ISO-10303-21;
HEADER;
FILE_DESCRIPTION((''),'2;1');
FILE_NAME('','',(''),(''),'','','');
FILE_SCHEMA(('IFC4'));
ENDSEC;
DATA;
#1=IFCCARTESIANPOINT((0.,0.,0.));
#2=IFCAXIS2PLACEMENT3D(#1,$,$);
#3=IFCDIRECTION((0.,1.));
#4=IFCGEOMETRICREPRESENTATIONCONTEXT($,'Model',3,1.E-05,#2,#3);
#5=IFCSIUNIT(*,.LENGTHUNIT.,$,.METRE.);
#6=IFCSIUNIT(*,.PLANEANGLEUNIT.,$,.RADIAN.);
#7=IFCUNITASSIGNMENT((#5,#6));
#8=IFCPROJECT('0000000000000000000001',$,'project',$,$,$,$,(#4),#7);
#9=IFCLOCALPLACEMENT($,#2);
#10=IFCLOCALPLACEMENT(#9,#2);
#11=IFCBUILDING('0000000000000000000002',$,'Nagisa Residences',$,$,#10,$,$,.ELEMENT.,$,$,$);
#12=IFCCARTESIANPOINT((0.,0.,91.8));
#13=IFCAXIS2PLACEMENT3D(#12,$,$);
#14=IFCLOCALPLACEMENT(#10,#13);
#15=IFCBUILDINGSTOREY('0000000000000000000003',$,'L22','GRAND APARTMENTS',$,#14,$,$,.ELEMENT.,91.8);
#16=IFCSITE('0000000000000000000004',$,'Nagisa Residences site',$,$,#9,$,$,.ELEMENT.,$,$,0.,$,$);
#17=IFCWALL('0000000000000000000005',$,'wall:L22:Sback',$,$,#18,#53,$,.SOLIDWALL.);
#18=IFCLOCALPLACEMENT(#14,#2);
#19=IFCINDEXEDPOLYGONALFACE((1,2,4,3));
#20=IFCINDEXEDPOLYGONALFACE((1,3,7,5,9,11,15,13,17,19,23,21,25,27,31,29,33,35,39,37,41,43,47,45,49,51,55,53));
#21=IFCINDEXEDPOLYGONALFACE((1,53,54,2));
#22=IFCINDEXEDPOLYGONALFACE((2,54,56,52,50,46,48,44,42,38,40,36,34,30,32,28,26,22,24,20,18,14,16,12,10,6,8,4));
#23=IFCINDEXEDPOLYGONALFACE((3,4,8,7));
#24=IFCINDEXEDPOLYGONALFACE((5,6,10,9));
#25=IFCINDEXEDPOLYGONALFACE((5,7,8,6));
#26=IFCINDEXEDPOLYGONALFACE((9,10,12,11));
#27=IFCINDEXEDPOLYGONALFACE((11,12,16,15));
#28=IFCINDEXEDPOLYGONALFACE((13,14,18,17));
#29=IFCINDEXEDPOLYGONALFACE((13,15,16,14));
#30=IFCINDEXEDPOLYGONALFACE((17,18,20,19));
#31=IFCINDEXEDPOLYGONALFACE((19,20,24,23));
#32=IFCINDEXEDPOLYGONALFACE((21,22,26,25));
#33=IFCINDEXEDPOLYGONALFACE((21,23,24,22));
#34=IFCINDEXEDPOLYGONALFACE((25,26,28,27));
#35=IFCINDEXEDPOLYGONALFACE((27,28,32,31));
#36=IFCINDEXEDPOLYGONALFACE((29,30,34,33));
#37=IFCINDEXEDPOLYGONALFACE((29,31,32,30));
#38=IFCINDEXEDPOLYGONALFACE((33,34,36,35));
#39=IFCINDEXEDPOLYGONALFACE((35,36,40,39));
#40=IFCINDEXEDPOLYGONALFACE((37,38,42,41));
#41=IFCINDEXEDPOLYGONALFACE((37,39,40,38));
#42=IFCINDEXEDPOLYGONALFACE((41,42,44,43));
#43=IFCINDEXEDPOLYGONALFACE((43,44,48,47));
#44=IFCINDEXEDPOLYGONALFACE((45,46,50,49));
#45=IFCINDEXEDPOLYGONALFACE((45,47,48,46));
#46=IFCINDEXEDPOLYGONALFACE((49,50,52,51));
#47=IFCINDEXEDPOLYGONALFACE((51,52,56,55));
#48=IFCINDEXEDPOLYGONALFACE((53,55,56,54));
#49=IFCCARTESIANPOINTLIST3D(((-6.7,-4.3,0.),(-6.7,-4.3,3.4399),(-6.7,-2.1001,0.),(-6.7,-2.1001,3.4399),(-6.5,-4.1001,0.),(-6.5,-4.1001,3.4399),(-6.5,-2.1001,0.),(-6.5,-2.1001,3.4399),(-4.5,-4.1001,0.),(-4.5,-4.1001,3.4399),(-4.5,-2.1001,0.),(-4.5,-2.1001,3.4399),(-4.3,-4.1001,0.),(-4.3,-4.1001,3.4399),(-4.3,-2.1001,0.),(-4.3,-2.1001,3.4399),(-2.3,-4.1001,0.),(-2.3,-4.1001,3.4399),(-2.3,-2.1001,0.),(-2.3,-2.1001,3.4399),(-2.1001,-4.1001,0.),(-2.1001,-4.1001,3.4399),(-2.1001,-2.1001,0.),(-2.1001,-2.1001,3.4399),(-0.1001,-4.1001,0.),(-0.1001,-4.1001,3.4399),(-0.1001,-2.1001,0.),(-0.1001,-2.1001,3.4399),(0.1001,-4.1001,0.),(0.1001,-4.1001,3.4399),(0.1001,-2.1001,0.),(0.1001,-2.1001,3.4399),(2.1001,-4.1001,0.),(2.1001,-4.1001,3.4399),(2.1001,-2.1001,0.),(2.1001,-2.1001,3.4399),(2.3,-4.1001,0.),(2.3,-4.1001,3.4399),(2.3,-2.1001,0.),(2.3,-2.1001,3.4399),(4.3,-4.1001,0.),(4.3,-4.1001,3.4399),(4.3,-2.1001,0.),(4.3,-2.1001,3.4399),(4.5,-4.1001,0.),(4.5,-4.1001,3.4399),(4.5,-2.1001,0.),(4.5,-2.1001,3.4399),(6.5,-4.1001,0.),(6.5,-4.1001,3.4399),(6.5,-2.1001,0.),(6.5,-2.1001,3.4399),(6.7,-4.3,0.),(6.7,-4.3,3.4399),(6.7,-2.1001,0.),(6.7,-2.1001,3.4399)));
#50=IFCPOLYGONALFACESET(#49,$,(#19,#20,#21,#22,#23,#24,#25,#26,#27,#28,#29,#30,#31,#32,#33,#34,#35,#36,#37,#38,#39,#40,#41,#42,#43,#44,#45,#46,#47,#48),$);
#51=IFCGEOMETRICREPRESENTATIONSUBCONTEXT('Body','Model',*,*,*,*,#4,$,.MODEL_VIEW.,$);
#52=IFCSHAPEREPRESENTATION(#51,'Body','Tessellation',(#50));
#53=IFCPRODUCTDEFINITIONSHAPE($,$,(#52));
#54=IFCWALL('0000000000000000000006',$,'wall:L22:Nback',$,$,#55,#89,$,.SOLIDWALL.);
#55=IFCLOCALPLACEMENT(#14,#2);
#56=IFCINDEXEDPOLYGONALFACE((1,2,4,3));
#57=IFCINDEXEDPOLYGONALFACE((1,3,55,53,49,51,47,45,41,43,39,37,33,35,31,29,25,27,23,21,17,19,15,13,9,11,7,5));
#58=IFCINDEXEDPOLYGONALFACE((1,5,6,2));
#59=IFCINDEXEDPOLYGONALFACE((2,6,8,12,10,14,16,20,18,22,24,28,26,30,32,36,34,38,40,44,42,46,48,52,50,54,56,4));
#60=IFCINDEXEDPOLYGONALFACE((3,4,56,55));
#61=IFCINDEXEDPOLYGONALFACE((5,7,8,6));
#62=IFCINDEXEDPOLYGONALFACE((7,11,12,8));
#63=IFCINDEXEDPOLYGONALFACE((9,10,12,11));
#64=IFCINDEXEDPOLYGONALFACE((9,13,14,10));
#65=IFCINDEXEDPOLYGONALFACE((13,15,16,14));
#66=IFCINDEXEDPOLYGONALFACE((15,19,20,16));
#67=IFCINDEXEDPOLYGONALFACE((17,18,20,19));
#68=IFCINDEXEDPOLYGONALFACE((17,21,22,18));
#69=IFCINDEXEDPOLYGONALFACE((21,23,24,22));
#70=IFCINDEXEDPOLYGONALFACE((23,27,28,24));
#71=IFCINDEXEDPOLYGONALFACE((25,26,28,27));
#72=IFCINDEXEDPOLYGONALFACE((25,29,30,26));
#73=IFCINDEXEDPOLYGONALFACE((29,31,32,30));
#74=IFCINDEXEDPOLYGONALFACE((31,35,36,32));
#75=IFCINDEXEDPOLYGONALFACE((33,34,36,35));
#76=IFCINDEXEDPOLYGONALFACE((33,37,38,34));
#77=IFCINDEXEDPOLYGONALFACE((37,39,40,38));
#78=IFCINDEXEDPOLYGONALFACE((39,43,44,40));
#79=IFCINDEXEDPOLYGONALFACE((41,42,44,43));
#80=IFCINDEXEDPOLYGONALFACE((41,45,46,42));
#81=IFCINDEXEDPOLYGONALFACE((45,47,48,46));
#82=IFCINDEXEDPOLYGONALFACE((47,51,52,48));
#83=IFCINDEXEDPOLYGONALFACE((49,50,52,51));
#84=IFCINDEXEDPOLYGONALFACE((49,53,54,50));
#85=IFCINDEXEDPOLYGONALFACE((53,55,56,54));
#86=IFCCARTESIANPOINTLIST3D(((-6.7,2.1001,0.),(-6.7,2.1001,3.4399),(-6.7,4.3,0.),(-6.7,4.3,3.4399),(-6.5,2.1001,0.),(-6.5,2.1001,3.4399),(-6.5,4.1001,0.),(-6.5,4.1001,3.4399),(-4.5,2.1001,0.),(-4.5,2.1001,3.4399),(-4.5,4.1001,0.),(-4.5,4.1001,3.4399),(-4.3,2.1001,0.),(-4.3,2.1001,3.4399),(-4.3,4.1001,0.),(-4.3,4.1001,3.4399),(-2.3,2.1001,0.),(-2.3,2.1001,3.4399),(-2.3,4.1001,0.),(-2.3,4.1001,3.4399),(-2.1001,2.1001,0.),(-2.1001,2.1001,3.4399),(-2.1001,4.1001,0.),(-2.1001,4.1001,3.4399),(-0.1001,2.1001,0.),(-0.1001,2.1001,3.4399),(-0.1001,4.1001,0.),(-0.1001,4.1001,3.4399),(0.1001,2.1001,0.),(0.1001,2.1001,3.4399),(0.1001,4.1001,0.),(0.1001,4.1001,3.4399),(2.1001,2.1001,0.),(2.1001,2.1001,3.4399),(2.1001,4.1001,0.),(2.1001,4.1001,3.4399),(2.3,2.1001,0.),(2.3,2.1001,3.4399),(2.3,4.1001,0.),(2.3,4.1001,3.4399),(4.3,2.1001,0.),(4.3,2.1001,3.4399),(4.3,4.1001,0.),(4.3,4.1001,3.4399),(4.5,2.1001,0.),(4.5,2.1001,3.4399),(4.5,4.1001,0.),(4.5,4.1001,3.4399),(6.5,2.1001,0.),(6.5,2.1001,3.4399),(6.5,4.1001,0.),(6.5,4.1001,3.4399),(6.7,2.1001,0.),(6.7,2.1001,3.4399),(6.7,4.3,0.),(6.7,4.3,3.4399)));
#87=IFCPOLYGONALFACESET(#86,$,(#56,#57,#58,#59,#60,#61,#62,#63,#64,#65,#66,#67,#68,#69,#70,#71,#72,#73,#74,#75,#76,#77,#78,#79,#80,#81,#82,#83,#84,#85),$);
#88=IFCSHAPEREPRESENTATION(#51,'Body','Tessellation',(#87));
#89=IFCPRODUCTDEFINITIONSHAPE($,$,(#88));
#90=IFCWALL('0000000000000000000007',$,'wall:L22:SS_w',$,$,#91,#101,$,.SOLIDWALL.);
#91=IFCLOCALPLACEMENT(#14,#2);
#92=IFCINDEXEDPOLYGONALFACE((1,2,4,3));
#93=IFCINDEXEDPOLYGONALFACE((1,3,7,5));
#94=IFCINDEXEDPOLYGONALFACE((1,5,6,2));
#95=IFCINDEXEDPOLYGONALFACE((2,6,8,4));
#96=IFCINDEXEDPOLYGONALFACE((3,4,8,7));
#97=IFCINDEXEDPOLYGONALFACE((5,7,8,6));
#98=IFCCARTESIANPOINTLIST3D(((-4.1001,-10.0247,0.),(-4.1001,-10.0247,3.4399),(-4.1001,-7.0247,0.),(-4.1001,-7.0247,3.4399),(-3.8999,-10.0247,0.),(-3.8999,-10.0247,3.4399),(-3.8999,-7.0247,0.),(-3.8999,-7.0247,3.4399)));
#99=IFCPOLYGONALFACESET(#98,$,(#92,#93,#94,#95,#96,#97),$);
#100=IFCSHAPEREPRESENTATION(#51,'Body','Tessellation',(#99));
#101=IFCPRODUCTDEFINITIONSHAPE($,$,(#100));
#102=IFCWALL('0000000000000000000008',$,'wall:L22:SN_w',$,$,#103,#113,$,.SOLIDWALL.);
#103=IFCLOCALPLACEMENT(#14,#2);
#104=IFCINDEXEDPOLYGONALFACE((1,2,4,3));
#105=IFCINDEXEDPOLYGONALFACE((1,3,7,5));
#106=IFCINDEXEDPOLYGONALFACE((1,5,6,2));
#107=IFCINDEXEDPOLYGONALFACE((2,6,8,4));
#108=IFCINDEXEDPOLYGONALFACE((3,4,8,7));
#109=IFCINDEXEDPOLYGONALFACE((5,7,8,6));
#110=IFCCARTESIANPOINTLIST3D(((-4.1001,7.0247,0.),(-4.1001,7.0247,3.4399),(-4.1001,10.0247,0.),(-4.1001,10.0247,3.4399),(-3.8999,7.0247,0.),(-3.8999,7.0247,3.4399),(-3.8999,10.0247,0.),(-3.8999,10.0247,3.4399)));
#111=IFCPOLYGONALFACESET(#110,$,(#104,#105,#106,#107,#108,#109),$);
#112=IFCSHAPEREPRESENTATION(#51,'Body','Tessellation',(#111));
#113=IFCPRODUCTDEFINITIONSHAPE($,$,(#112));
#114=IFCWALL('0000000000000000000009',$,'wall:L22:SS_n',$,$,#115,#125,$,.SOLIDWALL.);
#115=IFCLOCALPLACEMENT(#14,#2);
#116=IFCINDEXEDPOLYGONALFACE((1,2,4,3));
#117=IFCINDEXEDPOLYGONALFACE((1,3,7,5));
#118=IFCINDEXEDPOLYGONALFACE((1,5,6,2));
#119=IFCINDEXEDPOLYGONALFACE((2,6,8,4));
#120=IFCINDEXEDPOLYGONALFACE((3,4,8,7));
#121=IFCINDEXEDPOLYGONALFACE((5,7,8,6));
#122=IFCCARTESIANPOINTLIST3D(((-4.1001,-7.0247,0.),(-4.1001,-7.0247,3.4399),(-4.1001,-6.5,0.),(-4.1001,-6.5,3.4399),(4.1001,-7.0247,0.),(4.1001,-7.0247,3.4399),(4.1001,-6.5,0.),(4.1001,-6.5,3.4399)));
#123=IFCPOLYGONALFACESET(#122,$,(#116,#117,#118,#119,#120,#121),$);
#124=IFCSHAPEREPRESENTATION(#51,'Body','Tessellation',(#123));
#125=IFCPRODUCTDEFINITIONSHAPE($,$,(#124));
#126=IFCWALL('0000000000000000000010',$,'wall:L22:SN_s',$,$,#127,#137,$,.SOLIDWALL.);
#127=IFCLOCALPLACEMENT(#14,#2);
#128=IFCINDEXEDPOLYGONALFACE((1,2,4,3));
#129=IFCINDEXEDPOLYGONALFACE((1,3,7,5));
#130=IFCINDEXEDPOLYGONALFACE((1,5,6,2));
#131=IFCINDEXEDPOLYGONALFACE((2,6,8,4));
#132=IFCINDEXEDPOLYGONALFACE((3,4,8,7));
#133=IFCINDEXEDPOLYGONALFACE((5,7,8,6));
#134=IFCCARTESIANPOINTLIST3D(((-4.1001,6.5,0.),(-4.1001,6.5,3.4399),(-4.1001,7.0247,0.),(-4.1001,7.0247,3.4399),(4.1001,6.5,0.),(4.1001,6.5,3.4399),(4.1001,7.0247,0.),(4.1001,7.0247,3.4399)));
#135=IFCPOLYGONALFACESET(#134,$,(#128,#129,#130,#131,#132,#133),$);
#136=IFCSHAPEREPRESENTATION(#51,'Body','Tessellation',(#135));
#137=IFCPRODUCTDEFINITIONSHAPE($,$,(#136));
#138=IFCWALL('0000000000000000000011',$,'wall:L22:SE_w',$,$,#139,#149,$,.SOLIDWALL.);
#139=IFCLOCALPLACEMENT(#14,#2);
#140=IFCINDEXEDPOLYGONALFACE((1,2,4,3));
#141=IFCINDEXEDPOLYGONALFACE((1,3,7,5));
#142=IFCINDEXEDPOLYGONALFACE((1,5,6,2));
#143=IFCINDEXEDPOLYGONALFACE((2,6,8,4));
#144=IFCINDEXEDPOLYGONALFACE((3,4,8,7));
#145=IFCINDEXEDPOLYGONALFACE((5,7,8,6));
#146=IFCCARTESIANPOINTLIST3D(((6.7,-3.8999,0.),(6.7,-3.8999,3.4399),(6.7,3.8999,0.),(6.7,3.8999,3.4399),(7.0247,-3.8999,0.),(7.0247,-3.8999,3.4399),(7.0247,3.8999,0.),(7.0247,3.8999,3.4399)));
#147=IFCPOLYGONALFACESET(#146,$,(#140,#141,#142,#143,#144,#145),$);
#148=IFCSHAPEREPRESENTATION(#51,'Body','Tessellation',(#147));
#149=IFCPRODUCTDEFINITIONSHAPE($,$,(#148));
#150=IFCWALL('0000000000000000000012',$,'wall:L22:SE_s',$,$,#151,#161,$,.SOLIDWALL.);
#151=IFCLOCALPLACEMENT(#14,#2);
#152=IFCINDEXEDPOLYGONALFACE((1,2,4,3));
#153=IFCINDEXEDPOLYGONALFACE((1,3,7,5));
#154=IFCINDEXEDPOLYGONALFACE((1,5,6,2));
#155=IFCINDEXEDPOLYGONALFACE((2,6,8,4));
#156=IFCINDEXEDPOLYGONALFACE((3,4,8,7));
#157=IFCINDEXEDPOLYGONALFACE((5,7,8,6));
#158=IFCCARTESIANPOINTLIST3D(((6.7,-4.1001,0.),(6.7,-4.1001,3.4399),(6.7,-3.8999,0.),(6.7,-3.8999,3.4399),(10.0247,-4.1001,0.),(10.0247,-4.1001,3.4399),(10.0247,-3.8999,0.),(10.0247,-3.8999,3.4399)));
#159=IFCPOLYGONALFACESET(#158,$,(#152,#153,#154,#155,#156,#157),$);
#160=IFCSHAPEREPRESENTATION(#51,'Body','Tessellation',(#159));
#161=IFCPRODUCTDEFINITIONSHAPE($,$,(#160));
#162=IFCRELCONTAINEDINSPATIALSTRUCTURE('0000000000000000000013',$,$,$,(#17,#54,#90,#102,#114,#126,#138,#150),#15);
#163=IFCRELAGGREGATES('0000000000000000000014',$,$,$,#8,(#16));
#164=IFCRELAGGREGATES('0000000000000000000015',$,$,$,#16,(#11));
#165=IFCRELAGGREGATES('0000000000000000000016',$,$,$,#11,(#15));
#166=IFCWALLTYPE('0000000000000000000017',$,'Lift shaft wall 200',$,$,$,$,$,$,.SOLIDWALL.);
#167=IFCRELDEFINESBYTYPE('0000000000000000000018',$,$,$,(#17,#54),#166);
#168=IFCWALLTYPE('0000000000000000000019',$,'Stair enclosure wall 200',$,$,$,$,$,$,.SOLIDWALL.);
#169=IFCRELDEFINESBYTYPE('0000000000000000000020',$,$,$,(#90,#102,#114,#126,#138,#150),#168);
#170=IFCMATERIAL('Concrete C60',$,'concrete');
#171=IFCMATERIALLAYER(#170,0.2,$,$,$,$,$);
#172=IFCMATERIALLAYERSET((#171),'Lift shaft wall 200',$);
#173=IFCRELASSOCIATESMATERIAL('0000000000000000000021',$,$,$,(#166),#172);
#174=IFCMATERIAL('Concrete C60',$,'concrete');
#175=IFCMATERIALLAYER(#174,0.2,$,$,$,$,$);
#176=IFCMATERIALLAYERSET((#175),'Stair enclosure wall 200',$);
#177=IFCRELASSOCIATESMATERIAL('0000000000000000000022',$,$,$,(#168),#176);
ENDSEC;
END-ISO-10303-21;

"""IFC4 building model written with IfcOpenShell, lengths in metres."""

from ifc_helpers import new_model, si_unit, direction, frame, origin, place, context, subcontext, project, spatial, polyline, outline, extrude, material, layer, layer_set, type_object, element, save


model = new_model("IFC4")

# Units and contexts
model_context = context("Model", 3, precision=1e-05, world=origin(), true_north=direction((0.0, 1.0)))
body_context = subcontext(model_context, "Body", "Model", "MODEL_VIEW")
ifc_project = project(units=[si_unit("LENGTHUNIT", "METRE"), si_unit("PLANEANGLEUNIT", "RADIAN")], contexts=[model_context])

# Site, building, storey
site_placement = place(None, origin())
site = spatial("IfcSite", under=ifc_project, at=site_placement, Name="Nagisa Residences site", CompositionType="ELEMENT", RefElevation=0.0)
building_placement = place(site_placement, origin())
building = spatial("IfcBuilding", under=site, at=building_placement, Name="Nagisa Residences", CompositionType="ELEMENT")
storey_placement = place(building_placement, frame((0.0, 0.0, 91.8)))
storey = spatial("IfcBuildingStorey", under=building, at=storey_placement, Name="L22", Description="GRAND APARTMENTS", CompositionType="ELEMENT", Elevation=91.8)

# Shared definitions
ifc_material_1 = material(Name="Concrete C60", Category="concrete")
ifc_layer_1 = layer(ifc_material_1, 0.2)
ifc_layer_set_1 = layer_set([ifc_layer_1], Name="Lift shaft wall 200")
wall_type_1 = type_object("IfcWallType", Name="Lift shaft wall 200", PredefinedType="SOLIDWALL", material=ifc_layer_set_1)

# Walls
wall_1_placement = place(storey_placement, origin())
element("IfcWall", 1, at=wall_1_placement, inside=storey, type_object=wall_type_1, Name="wall:L22:Sback", PredefinedType="SOLIDWALL", context=body_context, shape_type="SweptSolid", body=[
    extrude(outline(polyline([(-6.7, -2.1001), (-6.5, -2.1001), (-6.5, -4.1001), (-4.5, -4.1001), (-4.5, -2.1001), (-4.3, -2.1001), (-4.3, -4.1001), (-2.3, -4.1001), (-2.3, -2.1001), (-2.1001, -2.1001), (-2.1001, -4.1001), (-0.1001, -4.1001), (-0.1001, -2.1001), (0.1001, -2.1001), (0.1001, -4.1001), (2.1001, -4.1001), (2.1001, -2.1001), (2.3, -2.1001), (2.3, -4.1001), (4.3, -4.1001), (4.3, -2.1001), (4.5, -2.1001), (4.5, -4.1001), (6.5, -4.1001), (6.5, -2.1001), (6.7, -2.1001), (6.7, -4.3), (-6.7, -4.3), (-6.7, -2.1001)])), origin(), (0.0, 0.0, 1.0), 3.4399),
])
wall_2_placement = place(storey_placement, origin())
element("IfcWall", 2, at=wall_2_placement, inside=storey, type_object=wall_type_1, Name="wall:L22:Nback", PredefinedType="SOLIDWALL", context=body_context, shape_type="SweptSolid", body=[
    extrude(outline(polyline([(-6.5, 2.1001), (-6.7, 2.1001), (-6.7, 4.3), (6.7, 4.3), (6.7, 2.1001), (6.5, 2.1001), (6.5, 4.1001), (4.5, 4.1001), (4.5, 2.1001), (4.3, 2.1001), (4.3, 4.1001), (2.3, 4.1001), (2.3, 2.1001), (2.1001, 2.1001), (2.1001, 4.1001), (0.1001, 4.1001), (0.1001, 2.1001), (-0.1001, 2.1001), (-0.1001, 4.1001), (-2.1001, 4.1001), (-2.1001, 2.1001), (-2.3, 2.1001), (-2.3, 4.1001), (-4.3, 4.1001), (-4.3, 2.1001), (-4.5, 2.1001), (-4.5, 4.1001), (-6.5, 4.1001), (-6.5, 2.1001)])), origin(), (0.0, 0.0, 1.0), 3.4399),
])
ifc_material_2 = material(Name="Concrete C60", Category="concrete")
ifc_layer_2 = layer(ifc_material_2, 0.2)
ifc_layer_set_2 = layer_set([ifc_layer_2], Name="Stair enclosure wall 200")
wall_type_2 = type_object("IfcWallType", Name="Stair enclosure wall 200", PredefinedType="SOLIDWALL", material=ifc_layer_set_2)
wall_3_placement = place(storey_placement, origin())
element("IfcWall", 3, at=wall_3_placement, inside=storey, type_object=wall_type_2, Name="wall:L22:SS_w", PredefinedType="SOLIDWALL", context=body_context, shape_type="SweptSolid", body=[
    extrude(outline(polyline([(-3.8999, -10.0247), (-4.1001, -10.0247), (-4.1001, -7.0247), (-3.8999, -7.0247), (-3.8999, -10.0247)])), origin(), (0.0, 0.0, 1.0), 3.4399),
])
wall_4_placement = place(storey_placement, origin())
element("IfcWall", 4, at=wall_4_placement, inside=storey, type_object=wall_type_2, Name="wall:L22:SN_w", PredefinedType="SOLIDWALL", context=body_context, shape_type="SweptSolid", body=[
    extrude(outline(polyline([(-3.8999, 7.0247), (-4.1001, 7.0247), (-4.1001, 10.0247), (-3.8999, 10.0247), (-3.8999, 7.0247)])), origin(), (0.0, 0.0, 1.0), 3.4399),
])
wall_5_placement = place(storey_placement, origin())
element("IfcWall", 5, at=wall_5_placement, inside=storey, type_object=wall_type_2, Name="wall:L22:SS_n", PredefinedType="SOLIDWALL", context=body_context, shape_type="SweptSolid", body=[
    extrude(outline(polyline([(4.1001, -7.0247), (-4.1001, -7.0247), (-4.1001, -6.5), (4.1001, -6.5), (4.1001, -7.0247)])), origin(), (0.0, 0.0, 1.0), 3.4399),
])
wall_6_placement = place(storey_placement, origin())
element("IfcWall", 6, at=wall_6_placement, inside=storey, type_object=wall_type_2, Name="wall:L22:SN_s", PredefinedType="SOLIDWALL", context=body_context, shape_type="SweptSolid", body=[
    extrude(outline(polyline([(4.1001, 6.5), (-4.1001, 6.5), (-4.1001, 7.0247), (4.1001, 7.0247), (4.1001, 6.5)])), origin(), (0.0, 0.0, 1.0), 3.4399),
])
wall_7_placement = place(storey_placement, origin())
element("IfcWall", 7, at=wall_7_placement, inside=storey, type_object=wall_type_2, Name="wall:L22:SE_w", PredefinedType="SOLIDWALL", context=body_context, shape_type="SweptSolid", body=[
    extrude(outline(polyline([(7.0247, -3.8999), (6.7, -3.8999), (6.7, 3.8999), (7.0247, 3.8999), (7.0247, -3.8999)])), origin(), (0.0, 0.0, 1.0), 3.4399),
])
wall_8_placement = place(storey_placement, origin())
element("IfcWall", 8, at=wall_8_placement, inside=storey, type_object=wall_type_2, Name="wall:L22:SE_s", PredefinedType="SOLIDWALL", context=body_context, shape_type="SweptSolid", body=[
    extrude(outline(polyline([(10.0247, -4.1001), (6.7, -4.1001), (6.7, -3.8999), (10.0247, -3.8999), (10.0247, -4.1001)])), origin(), (0.0, 0.0, 1.0), 3.4399),
])

save(model, "model.ifc")
